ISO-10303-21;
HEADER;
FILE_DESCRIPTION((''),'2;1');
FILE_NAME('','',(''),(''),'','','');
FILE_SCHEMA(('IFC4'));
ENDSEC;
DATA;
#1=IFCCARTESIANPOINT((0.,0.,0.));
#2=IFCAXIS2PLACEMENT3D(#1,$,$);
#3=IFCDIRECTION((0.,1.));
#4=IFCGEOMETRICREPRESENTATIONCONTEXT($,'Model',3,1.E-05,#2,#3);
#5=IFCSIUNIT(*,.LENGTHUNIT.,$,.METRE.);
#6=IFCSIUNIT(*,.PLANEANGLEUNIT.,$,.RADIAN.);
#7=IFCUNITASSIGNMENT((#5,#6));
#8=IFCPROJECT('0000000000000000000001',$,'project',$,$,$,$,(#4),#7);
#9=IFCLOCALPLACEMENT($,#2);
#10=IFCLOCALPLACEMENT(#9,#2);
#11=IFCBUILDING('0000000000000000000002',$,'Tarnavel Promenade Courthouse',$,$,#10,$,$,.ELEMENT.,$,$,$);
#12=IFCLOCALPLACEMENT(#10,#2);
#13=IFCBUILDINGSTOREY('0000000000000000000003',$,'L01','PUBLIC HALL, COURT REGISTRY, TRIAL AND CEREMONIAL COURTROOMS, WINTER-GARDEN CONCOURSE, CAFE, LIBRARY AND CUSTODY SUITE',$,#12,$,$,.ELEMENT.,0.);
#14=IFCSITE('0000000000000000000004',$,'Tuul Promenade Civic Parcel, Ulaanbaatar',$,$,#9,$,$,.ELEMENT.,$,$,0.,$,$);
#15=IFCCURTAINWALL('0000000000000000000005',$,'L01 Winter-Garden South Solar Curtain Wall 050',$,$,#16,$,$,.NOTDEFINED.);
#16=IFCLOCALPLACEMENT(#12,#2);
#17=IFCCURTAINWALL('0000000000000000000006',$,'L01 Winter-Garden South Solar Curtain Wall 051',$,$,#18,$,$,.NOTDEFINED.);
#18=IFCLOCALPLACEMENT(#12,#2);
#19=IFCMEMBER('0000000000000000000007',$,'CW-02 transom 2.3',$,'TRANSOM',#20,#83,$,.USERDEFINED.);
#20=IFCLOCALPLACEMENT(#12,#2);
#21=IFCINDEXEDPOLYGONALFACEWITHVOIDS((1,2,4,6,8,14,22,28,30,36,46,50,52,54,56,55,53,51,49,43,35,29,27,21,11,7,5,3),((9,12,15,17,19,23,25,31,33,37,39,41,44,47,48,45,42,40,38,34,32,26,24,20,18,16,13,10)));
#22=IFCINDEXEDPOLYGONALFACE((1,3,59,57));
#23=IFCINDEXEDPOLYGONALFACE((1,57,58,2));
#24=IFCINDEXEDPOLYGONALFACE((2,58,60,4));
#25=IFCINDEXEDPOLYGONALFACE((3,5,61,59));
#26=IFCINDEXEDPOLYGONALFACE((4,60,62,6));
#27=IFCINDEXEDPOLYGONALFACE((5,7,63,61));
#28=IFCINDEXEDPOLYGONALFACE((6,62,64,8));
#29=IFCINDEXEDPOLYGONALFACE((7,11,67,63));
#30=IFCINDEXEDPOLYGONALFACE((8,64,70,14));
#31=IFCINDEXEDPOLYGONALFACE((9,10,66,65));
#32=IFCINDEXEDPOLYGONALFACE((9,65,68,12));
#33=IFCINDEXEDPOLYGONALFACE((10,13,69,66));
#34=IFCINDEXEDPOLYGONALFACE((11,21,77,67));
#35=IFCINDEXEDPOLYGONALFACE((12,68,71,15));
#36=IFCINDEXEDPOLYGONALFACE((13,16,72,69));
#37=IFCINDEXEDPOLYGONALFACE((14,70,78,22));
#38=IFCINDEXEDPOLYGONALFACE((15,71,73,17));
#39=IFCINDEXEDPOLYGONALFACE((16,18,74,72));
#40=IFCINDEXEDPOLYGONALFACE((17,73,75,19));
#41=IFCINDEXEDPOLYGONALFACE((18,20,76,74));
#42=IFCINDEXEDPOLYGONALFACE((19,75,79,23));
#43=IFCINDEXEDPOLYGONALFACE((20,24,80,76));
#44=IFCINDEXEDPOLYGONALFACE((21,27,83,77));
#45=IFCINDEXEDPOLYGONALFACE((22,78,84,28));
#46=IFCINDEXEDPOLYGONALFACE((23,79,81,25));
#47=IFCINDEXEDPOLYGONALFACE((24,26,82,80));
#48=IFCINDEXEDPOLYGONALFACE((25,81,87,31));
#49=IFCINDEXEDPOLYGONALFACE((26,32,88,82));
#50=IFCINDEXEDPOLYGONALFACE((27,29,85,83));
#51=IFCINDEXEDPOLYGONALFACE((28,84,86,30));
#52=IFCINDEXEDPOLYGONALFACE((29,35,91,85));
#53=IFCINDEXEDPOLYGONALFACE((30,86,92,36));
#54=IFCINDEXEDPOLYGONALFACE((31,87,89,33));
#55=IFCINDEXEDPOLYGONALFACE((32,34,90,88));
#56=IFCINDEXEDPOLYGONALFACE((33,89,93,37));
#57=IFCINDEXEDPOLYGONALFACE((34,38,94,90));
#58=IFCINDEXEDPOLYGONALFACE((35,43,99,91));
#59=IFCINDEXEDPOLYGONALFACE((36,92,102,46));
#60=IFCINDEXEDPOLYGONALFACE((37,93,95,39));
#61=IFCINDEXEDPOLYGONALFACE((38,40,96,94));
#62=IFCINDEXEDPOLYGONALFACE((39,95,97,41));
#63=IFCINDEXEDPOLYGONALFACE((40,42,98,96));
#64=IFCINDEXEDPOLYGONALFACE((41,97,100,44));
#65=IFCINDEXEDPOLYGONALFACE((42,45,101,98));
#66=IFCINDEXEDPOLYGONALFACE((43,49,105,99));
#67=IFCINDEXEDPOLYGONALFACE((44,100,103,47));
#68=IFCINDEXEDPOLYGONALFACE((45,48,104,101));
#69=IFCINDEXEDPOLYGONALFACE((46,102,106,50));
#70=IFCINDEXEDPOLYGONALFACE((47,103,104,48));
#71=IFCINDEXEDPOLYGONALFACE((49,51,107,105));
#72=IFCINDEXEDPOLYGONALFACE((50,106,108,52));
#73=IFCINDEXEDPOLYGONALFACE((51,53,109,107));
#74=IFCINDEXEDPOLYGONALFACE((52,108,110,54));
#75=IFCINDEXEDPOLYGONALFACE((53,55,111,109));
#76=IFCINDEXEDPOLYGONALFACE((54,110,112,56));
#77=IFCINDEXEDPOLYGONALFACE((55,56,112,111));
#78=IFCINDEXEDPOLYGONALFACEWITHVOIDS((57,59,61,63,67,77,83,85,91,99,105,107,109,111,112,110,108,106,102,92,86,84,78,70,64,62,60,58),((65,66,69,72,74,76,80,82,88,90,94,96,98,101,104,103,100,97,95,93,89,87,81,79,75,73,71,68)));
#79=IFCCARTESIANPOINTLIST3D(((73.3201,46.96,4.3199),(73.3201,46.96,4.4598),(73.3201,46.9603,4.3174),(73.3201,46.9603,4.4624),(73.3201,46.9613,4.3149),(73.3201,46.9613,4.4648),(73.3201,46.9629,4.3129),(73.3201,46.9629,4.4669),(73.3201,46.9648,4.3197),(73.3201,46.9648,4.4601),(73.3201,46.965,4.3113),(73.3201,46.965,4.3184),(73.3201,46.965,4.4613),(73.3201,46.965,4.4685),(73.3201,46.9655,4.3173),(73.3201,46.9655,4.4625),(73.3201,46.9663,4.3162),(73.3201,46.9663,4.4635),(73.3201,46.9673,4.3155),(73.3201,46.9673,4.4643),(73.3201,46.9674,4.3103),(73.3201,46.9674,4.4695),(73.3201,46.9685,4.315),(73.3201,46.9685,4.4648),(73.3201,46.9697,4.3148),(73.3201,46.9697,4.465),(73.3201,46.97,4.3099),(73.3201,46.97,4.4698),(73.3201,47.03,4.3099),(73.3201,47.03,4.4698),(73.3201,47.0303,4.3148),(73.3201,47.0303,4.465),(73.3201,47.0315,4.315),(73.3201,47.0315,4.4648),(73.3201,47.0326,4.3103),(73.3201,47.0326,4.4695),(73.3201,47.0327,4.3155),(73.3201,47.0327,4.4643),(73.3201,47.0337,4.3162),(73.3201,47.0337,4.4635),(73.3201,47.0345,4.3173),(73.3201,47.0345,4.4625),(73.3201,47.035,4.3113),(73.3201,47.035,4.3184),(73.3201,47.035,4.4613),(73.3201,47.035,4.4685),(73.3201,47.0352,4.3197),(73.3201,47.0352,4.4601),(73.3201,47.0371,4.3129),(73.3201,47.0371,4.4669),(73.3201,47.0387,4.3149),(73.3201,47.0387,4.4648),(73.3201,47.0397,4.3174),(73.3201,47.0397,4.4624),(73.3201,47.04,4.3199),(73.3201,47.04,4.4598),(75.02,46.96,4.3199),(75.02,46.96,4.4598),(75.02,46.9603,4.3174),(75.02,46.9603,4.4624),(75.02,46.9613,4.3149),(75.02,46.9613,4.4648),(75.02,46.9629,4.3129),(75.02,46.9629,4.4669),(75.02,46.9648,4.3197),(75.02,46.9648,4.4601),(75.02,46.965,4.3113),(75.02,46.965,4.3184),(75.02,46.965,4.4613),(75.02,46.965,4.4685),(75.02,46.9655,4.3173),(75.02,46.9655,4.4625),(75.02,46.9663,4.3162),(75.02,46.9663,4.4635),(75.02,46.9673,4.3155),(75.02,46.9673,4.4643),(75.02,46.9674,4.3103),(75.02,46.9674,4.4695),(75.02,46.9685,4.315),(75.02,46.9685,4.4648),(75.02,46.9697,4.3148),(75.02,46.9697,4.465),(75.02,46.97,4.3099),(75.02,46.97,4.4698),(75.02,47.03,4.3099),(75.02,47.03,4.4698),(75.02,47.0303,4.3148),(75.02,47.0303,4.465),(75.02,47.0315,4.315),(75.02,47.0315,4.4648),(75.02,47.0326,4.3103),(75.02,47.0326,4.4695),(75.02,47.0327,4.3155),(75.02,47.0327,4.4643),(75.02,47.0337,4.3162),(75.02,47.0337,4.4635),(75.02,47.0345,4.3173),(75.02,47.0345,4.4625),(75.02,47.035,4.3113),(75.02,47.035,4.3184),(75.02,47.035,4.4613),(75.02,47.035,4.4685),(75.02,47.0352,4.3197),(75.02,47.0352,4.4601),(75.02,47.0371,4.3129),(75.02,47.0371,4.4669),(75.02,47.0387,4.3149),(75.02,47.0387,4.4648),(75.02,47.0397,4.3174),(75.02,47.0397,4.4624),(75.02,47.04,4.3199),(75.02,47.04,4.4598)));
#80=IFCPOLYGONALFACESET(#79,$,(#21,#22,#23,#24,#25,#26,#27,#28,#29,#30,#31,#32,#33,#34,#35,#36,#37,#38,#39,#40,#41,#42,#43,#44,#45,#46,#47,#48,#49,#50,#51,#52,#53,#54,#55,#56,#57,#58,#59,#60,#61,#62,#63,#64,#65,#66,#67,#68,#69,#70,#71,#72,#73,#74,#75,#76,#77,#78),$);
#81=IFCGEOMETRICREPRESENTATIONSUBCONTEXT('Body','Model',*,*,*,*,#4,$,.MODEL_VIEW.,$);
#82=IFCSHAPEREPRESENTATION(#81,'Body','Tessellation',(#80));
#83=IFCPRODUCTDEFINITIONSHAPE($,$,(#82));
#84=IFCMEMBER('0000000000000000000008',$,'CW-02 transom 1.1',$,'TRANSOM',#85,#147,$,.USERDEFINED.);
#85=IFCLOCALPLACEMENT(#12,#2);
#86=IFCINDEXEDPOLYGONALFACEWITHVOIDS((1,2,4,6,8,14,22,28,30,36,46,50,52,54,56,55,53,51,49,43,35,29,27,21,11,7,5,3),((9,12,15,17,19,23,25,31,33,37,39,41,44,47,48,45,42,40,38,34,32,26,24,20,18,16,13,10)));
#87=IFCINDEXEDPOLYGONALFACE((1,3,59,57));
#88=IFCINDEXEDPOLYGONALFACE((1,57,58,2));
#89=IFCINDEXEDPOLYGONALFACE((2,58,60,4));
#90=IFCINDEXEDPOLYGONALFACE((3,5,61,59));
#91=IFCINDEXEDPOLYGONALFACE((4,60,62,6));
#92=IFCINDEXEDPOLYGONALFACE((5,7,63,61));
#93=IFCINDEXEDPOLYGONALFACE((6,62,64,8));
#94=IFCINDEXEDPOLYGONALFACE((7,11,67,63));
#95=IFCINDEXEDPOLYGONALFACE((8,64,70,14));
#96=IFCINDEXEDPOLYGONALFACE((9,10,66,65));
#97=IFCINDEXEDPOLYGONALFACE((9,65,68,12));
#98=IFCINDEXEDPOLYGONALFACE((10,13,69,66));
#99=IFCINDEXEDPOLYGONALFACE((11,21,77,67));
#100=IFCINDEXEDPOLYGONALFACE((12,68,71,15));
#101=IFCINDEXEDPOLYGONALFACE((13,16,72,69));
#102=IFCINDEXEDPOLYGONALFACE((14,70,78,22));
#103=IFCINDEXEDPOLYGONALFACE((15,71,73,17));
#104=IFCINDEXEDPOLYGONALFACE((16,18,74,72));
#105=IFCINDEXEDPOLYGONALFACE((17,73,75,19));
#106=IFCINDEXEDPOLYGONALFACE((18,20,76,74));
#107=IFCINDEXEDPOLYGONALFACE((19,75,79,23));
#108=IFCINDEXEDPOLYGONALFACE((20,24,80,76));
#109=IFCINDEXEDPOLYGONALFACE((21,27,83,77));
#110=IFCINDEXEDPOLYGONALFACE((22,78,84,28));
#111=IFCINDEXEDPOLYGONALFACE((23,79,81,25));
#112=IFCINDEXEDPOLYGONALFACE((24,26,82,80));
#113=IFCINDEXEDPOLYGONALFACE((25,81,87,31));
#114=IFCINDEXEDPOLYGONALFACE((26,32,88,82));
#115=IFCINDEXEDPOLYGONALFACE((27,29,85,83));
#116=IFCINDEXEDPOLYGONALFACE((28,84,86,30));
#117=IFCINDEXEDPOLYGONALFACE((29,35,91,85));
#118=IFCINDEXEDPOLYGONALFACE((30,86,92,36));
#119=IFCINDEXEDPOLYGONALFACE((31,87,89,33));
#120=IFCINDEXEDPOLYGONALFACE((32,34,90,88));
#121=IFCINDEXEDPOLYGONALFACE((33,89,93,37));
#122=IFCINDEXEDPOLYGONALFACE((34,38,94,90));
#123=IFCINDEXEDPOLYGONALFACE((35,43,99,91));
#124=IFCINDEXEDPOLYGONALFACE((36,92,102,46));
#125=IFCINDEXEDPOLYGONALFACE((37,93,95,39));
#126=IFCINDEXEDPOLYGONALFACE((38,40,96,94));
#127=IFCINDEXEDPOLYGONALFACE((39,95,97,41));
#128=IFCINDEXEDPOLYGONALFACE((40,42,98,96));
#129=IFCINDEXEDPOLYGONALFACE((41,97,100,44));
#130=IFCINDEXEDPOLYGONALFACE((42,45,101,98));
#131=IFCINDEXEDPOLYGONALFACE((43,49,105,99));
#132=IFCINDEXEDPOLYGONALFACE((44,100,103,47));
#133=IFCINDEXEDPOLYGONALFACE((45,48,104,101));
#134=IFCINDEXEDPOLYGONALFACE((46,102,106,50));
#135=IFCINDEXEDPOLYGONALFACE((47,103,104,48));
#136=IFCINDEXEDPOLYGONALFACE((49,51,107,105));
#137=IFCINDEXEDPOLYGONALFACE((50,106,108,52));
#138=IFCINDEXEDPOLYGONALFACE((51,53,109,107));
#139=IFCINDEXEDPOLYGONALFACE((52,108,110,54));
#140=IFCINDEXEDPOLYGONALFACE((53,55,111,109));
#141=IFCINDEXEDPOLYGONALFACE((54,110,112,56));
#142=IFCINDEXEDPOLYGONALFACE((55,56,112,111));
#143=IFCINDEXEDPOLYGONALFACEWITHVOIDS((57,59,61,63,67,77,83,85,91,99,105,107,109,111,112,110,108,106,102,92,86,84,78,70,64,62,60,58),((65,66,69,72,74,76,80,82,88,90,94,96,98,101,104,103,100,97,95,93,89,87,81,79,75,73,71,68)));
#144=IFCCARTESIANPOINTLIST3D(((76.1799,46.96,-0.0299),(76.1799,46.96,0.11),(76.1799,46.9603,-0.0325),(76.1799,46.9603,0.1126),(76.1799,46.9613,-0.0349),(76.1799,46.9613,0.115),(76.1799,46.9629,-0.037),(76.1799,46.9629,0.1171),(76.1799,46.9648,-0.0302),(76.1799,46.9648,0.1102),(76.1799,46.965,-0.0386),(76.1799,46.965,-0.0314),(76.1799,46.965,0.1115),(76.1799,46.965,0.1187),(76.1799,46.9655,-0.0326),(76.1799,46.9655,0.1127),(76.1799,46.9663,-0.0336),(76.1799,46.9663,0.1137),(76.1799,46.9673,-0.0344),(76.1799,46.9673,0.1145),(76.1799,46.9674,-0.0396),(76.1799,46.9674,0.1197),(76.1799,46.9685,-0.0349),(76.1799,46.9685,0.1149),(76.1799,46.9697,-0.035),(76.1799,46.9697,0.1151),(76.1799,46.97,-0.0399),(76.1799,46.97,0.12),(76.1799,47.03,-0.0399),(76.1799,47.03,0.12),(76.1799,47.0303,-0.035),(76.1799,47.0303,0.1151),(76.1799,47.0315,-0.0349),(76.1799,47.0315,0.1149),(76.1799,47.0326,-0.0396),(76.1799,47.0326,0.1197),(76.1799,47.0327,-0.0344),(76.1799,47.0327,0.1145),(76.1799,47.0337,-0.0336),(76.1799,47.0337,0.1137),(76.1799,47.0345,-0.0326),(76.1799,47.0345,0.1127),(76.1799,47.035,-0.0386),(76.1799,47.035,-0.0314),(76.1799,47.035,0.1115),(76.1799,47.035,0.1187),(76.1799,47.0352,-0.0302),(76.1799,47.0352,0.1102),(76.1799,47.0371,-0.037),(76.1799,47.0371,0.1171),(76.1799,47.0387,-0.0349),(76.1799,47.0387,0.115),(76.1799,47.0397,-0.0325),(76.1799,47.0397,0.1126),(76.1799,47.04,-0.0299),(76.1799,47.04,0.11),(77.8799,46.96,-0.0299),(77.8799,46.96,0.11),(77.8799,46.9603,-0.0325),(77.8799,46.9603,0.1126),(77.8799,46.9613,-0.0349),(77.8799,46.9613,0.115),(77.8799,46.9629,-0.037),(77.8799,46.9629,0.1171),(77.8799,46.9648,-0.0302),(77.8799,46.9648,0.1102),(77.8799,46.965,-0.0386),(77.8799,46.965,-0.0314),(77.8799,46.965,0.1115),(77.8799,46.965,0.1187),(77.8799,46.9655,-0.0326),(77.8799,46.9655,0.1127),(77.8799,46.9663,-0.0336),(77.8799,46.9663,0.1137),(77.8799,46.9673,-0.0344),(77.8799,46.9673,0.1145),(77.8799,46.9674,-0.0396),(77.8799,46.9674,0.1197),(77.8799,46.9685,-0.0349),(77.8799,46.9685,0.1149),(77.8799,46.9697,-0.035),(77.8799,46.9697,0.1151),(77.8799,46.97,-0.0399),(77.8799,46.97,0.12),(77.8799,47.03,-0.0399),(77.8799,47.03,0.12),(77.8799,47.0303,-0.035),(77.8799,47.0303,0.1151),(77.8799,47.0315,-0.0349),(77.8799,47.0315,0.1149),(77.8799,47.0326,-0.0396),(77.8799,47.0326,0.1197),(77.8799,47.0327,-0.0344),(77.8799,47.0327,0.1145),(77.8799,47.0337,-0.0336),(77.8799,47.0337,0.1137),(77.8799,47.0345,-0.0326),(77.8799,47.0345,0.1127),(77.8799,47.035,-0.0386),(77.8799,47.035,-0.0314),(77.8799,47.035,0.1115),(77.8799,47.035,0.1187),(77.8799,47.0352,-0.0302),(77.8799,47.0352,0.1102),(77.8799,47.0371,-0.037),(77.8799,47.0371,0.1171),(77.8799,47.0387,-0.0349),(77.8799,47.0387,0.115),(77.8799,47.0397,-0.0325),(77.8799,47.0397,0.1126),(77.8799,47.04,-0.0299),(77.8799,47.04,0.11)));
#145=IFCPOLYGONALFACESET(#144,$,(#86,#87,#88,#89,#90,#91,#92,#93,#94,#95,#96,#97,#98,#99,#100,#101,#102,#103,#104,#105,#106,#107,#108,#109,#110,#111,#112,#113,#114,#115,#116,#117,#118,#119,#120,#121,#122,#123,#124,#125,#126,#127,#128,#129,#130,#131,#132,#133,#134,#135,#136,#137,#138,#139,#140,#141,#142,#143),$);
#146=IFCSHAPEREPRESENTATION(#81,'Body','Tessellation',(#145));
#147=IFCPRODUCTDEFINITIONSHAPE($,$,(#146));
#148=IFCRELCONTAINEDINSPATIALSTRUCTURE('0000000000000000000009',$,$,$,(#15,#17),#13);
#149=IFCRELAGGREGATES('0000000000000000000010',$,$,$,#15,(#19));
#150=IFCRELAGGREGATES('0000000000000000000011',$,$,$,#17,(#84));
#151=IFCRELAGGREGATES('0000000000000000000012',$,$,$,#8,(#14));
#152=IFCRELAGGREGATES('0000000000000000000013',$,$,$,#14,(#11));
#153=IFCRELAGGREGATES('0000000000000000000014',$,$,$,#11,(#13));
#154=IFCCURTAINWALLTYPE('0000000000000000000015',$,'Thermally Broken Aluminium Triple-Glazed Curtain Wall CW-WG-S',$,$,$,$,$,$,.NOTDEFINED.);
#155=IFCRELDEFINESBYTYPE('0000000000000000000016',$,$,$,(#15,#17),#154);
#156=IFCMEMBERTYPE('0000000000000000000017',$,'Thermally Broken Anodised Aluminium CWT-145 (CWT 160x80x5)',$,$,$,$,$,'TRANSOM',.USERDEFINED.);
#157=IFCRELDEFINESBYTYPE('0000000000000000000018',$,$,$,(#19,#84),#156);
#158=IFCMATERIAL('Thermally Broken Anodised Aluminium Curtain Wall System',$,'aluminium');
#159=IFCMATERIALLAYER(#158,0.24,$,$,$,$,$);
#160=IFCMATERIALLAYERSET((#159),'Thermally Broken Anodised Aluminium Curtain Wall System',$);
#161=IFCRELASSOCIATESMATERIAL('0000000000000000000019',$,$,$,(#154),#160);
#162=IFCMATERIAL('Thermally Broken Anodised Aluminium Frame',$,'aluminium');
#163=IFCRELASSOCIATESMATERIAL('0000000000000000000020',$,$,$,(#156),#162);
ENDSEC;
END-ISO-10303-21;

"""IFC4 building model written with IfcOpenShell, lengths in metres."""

from ifc_helpers import new_model, si_unit, direction, frame, origin, origin_2d, place, context, subcontext, project, spatial, hollow_rectangle, extrude, material, layer, layer_set, material_profile, profile_set, type_object, element, aggregate, save


model = new_model("IFC4")

# Units and contexts
model_context = context("Model", 3, precision=1e-05, world=origin(), true_north=direction((0.0, 1.0)))
body_context = subcontext(model_context, "Body", "Model", "MODEL_VIEW")
ifc_project = project(units=[si_unit("LENGTHUNIT", "METRE"), si_unit("PLANEANGLEUNIT", "RADIAN")], contexts=[model_context])

# Site, building, storey
site_placement = place(None, origin())
site = spatial("IfcSite", under=ifc_project, at=site_placement, Name="Tuul Promenade Civic Parcel, Ulaanbaatar", CompositionType="ELEMENT", RefElevation=0.0)
building_placement = place(site_placement, origin())
building = spatial("IfcBuilding", under=site, at=building_placement, Name="Tarnavel Promenade Courthouse", CompositionType="ELEMENT")
storey_placement = place(building_placement, origin())
storey = spatial("IfcBuildingStorey", under=building, at=storey_placement, Name="L01", Description="PUBLIC HALL, COURT REGISTRY, TRIAL AND CEREMONIAL COURTROOMS, WINTER-GARDEN CONCOURSE, CAFE, LIBRARY AND CUSTODY SUITE", CompositionType="ELEMENT", Elevation=0.0)

# Shared definitions
ifc_material_1 = material(Name="Thermally Broken Anodised Aluminium Curtain Wall System", Category="aluminium")
ifc_layer_1 = layer(ifc_material_1, 0.24)
ifc_layer_set_1 = layer_set([ifc_layer_1], Name="Thermally Broken Anodised Aluminium Curtain Wall System")
curtain_wall_type = type_object("IfcCurtainWallType", Name="Thermally Broken Aluminium Triple-Glazed Curtain Wall CW-WG-S", PredefinedType="NOTDEFINED", material=ifc_layer_set_1)
ifc_material_2 = material(Name="Thermally Broken Anodised Aluminium Frame", Category="aluminium")

# Curtain walls
curtain_wall_1_placement = place(storey_placement, origin())
curtain_wall_1 = element("IfcCurtainWall", 1, at=curtain_wall_1_placement, inside=storey, type_object=curtain_wall_type, Name="L01 Winter-Garden South Solar Curtain Wall 050", PredefinedType="NOTDEFINED")
curtain_wall_2_placement = place(storey_placement, origin())
curtain_wall_2 = element("IfcCurtainWall", 2, at=curtain_wall_2_placement, inside=storey, type_object=curtain_wall_type, Name="L01 Winter-Garden South Solar Curtain Wall 051", PredefinedType="NOTDEFINED")

# Members
ifc_material_profile_1 = material_profile(ifc_material_2, hollow_rectangle(XDim=0.0801, YDim=0.1599, WallThickness=0.0049, InnerFilletRadius=0.0049, OuterFilletRadius=0.01, at=origin_2d()), Name="CWT 160x80x5")
ifc_profile_set_1 = profile_set([ifc_material_profile_1], Name="Thermally Broken Anodised Aluminium Frame")
member_type_1 = type_object("IfcMemberType", Name="Thermally Broken Anodised Aluminium CWT-145 (CWT 160x80x5)", ElementType="TRANSOM", PredefinedType="USERDEFINED", material=ifc_profile_set_1)
member_1_placement = place(storey_placement, frame((73.3201, 47.0, 4.3899), z_axis=(1.0, 0.0, 0.0), x_axis=(0.0, 1.0, 0.0)))
member_1 = element("IfcMember", 3, at=member_1_placement, type_object=member_type_1, Name="CW-02 transom 2.3", ObjectType="TRANSOM", PredefinedType="USERDEFINED", context=body_context, shape_type="SweptSolid", body=[
    extrude(hollow_rectangle(XDim=0.0801, YDim=0.1599, WallThickness=0.0049, InnerFilletRadius=0.0049, OuterFilletRadius=0.01, at=origin_2d()), origin(), (0.0, 0.0, 1.0), 1.7),
])
member_2_placement = place(storey_placement, frame((76.1799, 47.0, 0.04), z_axis=(1.0, 0.0, 0.0), x_axis=(0.0, 1.0, 0.0)))
member_2 = element("IfcMember", 4, at=member_2_placement, type_object=member_type_1, Name="CW-02 transom 1.1", ObjectType="TRANSOM", PredefinedType="USERDEFINED", context=body_context, shape_type="SweptSolid", body=[
    extrude(hollow_rectangle(XDim=0.0801, YDim=0.1599, WallThickness=0.0049, InnerFilletRadius=0.0049, OuterFilletRadius=0.01, at=origin_2d()), origin(), (0.0, 0.0, 1.0), 1.7),
])

aggregate(curtain_wall_1, [member_1])
aggregate(curtain_wall_2, [member_2])

save(model, "model.ifc")
